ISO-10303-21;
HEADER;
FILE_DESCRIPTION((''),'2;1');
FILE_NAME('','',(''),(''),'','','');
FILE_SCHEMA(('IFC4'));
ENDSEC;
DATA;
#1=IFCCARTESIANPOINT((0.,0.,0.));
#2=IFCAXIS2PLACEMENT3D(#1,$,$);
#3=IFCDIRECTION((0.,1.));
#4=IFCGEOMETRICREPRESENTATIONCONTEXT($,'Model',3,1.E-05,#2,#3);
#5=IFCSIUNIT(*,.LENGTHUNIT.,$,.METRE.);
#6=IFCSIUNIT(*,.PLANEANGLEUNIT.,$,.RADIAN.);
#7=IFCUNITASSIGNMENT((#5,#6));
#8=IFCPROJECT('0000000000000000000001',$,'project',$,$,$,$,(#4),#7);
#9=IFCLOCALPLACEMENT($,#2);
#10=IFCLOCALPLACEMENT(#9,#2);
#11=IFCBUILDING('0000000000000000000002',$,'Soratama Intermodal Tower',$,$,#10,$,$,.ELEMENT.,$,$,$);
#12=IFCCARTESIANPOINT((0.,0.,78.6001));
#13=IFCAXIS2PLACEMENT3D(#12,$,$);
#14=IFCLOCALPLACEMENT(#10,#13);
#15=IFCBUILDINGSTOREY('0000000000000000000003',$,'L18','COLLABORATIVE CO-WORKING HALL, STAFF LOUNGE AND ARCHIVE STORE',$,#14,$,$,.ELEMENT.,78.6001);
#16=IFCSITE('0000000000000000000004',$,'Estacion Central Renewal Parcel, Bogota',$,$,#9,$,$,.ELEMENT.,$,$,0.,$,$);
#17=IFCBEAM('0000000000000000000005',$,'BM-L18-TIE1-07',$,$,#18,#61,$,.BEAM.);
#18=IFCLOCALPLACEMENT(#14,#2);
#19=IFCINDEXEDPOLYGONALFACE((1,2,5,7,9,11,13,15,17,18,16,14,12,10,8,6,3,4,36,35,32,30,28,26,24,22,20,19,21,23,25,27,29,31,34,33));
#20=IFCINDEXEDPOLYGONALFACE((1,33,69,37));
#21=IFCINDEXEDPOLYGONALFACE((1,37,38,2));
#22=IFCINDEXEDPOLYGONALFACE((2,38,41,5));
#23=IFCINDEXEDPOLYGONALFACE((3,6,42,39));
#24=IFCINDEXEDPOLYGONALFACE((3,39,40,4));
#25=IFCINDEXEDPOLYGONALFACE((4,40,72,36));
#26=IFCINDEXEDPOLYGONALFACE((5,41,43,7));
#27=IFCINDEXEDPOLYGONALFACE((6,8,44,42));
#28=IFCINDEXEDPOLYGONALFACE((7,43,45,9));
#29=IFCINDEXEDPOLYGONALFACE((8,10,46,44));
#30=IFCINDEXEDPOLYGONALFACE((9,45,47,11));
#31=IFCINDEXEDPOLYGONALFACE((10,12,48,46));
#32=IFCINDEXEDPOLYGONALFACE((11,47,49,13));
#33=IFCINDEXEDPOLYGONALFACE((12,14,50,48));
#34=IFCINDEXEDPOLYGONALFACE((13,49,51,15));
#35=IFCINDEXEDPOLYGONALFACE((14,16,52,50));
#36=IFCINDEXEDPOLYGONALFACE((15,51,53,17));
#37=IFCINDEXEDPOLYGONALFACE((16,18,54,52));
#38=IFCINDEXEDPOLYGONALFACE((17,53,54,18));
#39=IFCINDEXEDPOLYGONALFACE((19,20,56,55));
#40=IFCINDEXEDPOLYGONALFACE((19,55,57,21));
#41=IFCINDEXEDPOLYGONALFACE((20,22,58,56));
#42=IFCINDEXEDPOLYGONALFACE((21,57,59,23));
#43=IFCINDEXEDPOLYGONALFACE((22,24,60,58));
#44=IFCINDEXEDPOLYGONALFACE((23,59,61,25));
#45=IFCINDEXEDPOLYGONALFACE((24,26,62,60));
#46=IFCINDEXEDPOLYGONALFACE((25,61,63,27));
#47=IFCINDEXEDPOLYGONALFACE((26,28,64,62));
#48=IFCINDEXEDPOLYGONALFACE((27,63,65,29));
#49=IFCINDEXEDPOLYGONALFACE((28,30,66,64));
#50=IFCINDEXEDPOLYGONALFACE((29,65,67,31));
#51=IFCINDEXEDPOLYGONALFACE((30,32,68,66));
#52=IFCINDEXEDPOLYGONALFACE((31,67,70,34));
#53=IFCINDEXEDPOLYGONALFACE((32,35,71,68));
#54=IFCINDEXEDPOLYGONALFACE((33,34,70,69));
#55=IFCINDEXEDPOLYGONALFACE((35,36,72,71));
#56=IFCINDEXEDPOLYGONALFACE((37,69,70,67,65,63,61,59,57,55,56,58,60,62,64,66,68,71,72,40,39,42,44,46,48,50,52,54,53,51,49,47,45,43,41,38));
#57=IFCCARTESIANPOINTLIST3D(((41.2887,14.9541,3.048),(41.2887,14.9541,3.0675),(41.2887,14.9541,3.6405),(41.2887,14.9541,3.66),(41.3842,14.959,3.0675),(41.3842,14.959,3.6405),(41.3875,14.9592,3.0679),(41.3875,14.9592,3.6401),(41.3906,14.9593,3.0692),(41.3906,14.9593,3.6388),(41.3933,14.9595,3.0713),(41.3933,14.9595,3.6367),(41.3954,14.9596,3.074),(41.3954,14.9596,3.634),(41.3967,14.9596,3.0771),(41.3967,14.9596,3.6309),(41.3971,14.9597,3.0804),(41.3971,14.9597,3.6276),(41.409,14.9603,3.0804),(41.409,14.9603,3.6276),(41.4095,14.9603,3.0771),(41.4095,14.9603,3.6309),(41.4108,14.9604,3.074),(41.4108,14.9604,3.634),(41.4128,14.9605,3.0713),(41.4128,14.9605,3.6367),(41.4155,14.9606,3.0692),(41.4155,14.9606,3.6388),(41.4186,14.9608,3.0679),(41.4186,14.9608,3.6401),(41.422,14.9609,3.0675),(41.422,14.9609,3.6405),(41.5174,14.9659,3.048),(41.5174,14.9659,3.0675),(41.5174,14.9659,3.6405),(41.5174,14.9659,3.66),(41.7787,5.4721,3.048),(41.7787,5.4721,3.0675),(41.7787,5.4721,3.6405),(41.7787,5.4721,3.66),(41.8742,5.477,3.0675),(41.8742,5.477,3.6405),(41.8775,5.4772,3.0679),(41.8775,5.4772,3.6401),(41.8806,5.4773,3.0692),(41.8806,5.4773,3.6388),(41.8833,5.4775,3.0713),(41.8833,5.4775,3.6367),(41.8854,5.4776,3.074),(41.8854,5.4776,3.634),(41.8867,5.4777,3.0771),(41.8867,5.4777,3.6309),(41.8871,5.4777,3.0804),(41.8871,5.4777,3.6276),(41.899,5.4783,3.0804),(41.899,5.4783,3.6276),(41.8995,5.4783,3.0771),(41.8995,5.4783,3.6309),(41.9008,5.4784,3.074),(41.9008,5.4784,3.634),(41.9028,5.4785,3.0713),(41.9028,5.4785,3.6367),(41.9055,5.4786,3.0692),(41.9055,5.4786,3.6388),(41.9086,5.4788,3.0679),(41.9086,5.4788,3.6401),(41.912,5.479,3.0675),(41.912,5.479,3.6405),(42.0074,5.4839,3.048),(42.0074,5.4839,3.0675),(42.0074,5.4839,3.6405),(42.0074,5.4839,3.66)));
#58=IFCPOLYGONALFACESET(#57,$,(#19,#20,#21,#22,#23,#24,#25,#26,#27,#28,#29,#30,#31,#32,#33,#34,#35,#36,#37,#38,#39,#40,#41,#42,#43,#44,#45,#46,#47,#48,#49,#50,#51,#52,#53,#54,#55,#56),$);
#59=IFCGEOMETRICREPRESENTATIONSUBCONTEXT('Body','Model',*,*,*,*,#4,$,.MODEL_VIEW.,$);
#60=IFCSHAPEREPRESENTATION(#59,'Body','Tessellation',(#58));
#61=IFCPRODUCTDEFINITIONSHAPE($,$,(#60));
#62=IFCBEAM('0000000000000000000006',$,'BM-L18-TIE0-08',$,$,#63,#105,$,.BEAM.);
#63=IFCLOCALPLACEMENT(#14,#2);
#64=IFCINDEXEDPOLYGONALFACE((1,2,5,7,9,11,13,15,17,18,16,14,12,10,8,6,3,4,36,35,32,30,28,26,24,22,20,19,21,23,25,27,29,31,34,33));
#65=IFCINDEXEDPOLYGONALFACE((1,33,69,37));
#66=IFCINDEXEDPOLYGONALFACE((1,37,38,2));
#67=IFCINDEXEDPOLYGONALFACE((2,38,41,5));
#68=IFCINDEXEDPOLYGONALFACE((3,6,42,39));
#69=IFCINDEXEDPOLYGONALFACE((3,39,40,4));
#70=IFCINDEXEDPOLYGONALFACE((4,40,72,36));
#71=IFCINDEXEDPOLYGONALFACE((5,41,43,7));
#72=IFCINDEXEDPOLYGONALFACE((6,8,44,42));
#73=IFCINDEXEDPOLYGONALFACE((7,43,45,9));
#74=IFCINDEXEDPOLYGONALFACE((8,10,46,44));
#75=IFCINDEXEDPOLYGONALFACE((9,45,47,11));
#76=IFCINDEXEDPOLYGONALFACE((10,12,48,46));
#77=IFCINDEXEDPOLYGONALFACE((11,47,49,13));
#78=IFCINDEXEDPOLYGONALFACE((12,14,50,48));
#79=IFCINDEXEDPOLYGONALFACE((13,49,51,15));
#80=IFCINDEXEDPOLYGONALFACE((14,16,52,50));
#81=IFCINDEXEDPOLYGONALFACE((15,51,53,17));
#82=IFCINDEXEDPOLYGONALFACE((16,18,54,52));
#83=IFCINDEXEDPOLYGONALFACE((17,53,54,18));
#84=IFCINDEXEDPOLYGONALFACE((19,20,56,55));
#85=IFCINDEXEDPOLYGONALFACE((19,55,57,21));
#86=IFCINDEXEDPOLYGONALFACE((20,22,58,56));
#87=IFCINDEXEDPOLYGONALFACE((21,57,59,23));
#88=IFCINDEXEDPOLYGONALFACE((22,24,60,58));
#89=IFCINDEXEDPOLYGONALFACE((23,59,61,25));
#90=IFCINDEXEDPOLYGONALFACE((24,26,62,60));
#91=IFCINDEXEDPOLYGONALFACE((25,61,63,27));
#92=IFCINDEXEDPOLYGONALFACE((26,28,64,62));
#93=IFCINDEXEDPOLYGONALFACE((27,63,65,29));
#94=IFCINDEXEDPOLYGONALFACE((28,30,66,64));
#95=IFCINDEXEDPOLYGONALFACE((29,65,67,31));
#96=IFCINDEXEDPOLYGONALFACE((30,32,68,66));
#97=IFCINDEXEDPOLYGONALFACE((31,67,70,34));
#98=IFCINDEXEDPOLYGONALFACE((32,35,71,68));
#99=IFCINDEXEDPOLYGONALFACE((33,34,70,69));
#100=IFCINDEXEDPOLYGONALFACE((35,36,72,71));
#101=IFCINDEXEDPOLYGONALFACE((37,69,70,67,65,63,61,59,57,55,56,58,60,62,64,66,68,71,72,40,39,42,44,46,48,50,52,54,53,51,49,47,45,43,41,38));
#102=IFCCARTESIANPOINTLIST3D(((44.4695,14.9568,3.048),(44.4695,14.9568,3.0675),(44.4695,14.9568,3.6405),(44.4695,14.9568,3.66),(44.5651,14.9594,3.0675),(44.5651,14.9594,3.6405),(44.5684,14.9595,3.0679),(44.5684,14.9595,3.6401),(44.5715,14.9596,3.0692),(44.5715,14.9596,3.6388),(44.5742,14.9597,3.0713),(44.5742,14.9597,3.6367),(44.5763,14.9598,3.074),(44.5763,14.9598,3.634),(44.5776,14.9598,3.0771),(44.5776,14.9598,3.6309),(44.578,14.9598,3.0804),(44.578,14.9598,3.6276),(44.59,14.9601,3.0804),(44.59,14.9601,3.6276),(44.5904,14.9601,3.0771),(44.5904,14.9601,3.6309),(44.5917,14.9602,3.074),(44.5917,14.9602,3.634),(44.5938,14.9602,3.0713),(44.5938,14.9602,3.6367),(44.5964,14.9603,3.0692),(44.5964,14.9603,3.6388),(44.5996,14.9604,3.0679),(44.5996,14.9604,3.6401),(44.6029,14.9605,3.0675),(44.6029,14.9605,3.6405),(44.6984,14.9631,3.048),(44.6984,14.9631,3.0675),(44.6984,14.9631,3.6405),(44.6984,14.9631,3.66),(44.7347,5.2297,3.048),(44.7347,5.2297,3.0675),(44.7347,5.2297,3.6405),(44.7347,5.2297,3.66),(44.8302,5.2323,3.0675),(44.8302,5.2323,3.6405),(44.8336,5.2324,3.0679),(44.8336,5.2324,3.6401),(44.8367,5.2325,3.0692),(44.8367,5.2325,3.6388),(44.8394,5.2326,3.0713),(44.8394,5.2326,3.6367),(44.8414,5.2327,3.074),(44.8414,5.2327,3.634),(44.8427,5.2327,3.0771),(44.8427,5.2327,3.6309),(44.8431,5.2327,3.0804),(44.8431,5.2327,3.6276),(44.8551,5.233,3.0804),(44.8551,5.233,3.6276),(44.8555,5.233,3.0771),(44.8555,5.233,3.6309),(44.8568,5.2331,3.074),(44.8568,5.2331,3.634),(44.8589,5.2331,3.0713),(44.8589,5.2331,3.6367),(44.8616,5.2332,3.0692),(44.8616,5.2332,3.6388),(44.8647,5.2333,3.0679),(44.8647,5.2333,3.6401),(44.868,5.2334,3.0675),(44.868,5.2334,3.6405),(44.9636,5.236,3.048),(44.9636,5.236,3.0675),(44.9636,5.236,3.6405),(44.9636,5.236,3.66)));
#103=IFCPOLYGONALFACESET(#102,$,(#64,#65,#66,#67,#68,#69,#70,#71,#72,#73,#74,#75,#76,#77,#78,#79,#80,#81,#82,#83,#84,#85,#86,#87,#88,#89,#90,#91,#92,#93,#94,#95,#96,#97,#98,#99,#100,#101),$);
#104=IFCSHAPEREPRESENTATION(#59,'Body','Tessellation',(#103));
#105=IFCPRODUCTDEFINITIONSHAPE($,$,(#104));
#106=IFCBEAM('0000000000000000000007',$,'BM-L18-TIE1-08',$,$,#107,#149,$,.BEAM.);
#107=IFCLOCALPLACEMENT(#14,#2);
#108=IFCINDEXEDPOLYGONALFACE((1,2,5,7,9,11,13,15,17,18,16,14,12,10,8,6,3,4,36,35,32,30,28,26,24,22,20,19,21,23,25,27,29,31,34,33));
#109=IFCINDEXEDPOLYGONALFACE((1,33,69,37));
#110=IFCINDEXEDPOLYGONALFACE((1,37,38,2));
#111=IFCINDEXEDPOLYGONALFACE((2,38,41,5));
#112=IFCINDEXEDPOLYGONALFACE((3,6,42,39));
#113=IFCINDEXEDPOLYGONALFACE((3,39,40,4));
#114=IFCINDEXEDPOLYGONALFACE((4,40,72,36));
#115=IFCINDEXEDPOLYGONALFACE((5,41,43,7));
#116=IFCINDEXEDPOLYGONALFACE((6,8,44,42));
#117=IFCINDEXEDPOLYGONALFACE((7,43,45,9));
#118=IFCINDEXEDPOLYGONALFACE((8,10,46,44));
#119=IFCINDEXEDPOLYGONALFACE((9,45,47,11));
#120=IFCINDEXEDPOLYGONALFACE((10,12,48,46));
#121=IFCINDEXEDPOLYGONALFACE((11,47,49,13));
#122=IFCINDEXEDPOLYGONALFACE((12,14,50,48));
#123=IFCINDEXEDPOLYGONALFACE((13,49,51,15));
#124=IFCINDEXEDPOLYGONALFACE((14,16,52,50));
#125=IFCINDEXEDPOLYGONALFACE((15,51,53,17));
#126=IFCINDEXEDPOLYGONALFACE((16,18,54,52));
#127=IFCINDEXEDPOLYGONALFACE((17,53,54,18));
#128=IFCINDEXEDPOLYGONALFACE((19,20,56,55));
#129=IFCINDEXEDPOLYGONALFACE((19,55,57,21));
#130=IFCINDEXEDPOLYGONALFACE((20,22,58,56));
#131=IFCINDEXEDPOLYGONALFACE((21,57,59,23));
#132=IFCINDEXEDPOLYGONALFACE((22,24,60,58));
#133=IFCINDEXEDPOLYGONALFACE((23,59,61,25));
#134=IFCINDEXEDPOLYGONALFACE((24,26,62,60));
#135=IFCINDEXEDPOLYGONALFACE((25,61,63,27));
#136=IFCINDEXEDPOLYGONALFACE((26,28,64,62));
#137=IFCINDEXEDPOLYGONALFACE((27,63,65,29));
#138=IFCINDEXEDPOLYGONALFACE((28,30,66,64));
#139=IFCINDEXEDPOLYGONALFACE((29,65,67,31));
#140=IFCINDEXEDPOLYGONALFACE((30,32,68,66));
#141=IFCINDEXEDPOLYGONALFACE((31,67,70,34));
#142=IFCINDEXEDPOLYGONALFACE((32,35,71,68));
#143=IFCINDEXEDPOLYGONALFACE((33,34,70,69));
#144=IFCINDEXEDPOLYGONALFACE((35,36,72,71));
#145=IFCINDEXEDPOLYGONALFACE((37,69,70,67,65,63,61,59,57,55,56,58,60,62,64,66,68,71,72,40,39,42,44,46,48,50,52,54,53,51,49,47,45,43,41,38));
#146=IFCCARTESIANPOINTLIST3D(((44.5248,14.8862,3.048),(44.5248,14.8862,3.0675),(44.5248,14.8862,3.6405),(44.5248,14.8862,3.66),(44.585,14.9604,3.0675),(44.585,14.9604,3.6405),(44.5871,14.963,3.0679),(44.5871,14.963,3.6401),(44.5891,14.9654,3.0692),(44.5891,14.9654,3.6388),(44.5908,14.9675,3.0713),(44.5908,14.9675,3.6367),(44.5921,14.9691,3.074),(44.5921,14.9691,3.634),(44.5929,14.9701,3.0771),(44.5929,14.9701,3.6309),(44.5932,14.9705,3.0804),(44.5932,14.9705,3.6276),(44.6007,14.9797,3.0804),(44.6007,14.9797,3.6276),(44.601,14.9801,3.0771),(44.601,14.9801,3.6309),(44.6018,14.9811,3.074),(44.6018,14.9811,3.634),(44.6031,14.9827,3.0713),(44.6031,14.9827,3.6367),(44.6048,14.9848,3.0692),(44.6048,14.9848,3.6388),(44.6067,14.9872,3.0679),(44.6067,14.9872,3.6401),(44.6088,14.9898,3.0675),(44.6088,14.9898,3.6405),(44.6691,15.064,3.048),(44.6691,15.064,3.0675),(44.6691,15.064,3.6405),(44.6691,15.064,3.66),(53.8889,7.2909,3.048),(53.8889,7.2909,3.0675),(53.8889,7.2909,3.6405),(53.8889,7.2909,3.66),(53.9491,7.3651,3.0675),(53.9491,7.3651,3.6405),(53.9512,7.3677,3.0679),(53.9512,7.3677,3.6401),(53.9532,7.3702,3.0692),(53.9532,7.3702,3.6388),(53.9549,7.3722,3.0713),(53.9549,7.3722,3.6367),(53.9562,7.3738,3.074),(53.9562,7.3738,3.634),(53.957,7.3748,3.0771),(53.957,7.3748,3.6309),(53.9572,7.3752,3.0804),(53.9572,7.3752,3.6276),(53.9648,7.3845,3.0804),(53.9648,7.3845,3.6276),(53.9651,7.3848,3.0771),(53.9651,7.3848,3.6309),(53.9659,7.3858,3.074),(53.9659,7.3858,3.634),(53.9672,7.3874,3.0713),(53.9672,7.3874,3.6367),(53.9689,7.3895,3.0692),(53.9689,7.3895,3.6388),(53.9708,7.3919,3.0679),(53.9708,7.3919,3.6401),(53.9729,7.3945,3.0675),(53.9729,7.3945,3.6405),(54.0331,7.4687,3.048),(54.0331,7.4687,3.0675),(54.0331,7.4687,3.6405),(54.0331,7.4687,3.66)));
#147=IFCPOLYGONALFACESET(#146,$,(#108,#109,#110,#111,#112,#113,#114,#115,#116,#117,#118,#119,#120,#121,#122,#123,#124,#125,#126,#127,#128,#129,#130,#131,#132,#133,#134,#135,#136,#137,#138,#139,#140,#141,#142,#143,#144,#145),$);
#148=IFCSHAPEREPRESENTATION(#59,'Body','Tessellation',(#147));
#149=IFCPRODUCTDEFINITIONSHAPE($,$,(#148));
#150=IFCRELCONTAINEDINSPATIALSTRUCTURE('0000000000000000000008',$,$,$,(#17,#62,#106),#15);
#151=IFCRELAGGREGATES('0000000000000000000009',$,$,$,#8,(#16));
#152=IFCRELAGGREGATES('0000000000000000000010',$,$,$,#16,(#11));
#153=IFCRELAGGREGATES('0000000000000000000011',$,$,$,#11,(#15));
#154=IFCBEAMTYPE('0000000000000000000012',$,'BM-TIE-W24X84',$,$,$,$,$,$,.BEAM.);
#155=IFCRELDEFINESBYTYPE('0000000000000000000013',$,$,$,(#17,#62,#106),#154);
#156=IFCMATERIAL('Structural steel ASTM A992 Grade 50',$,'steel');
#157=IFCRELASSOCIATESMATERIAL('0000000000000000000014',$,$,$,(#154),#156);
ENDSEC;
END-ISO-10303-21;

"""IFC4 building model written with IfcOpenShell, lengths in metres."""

from ifc_helpers import new_model, si_unit, direction, frame, origin, origin_2d, place, context, subcontext, project, spatial, i_section, extrude, material, material_profile, profile_set, type_object, element, save


model = new_model("IFC4")

# Units and contexts
model_context = context("Model", 3, precision=1e-05, world=origin(), true_north=direction((0.0, 1.0)))
body_context = subcontext(model_context, "Body", "Model", "MODEL_VIEW")
ifc_project = project(units=[si_unit("LENGTHUNIT", "METRE"), si_unit("PLANEANGLEUNIT", "RADIAN")], contexts=[model_context])

# Site, building, storey
site_placement = place(None, origin())
site = spatial("IfcSite", under=ifc_project, at=site_placement, Name="Estacion Central Renewal Parcel, Bogota", CompositionType="ELEMENT", RefElevation=0.0)
building_placement = place(site_placement, origin())
building = spatial("IfcBuilding", under=site, at=building_placement, Name="Soratama Intermodal Tower", CompositionType="ELEMENT")
storey_placement = place(building_placement, frame((0.0, 0.0, 78.6001)))
storey = spatial("IfcBuildingStorey", under=building, at=storey_placement, Name="L18", Description="COLLABORATIVE CO-WORKING HALL, STAFF LOUNGE AND ARCHIVE STORE", CompositionType="ELEMENT", Elevation=78.6001)

# Beams
ifc_material_1 = material(Name="Structural steel ASTM A992 Grade 50", Category="steel")
ifc_material_profile_1 = material_profile(ifc_material_1, i_section(OverallWidth=0.229, OverallDepth=0.6121, WebThickness=0.012, FlangeThickness=0.0195, FilletRadius=0.0129, at=origin_2d()), Name="W24X84")
ifc_profile_set_1 = profile_set([ifc_material_profile_1], Name="Structural steel ASTM A992 Grade 50")
beam_type_1 = type_object("IfcBeamType", Name="BM-TIE-W24X84", PredefinedType="BEAM", material=ifc_profile_set_1)
beam_1_placement = place(storey_placement, frame((41.4031, 14.96, 3.354), z_axis=(0.051607, -0.998667, 0.0), x_axis=(0.998667, 0.051607, 0.0)))
element("IfcBeam", 1, at=beam_1_placement, inside=storey, type_object=beam_type_1, Name="BM-L18-TIE1-07", PredefinedType="BEAM", context=body_context, shape_type="SweptSolid", body=[
    extrude(i_section(OverallWidth=0.229, OverallDepth=0.6121, WebThickness=0.012, FlangeThickness=0.0195, FilletRadius=0.0129, at=origin_2d()), origin(), (0.0, 0.0, 1.0), 9.4946),
])
beam_2_placement = place(storey_placement, frame((44.584, 14.96, 3.354), z_axis=(0.027248, -0.999629, 0.0), x_axis=(0.999629, 0.027248, 0.0)))
element("IfcBeam", 2, at=beam_2_placement, inside=storey, type_object=beam_type_1, Name="BM-L18-TIE0-08", PredefinedType="BEAM", context=body_context, shape_type="SweptSolid", body=[
    extrude(i_section(OverallWidth=0.229, OverallDepth=0.6121, WebThickness=0.012, FlangeThickness=0.0195, FilletRadius=0.0129, at=origin_2d()), origin(), (0.0, 0.0, 1.0), 9.7307),
])
beam_3_placement = place(storey_placement, frame((44.5969, 14.9751, 3.354), z_axis=(0.776643, -0.629941, 0.0), x_axis=(0.629941, 0.776643, 0.0)))
element("IfcBeam", 3, at=beam_3_placement, inside=storey, type_object=beam_type_1, Name="BM-L18-TIE1-08", PredefinedType="BEAM", context=body_context, shape_type="SweptSolid", body=[
    extrude(i_section(OverallWidth=0.229, OverallDepth=0.6121, WebThickness=0.012, FlangeThickness=0.0195, FilletRadius=0.0129, at=origin_2d()), origin(), (0.0, 0.0, 1.0), 12.0571),
])

save(model, "model.ifc")
